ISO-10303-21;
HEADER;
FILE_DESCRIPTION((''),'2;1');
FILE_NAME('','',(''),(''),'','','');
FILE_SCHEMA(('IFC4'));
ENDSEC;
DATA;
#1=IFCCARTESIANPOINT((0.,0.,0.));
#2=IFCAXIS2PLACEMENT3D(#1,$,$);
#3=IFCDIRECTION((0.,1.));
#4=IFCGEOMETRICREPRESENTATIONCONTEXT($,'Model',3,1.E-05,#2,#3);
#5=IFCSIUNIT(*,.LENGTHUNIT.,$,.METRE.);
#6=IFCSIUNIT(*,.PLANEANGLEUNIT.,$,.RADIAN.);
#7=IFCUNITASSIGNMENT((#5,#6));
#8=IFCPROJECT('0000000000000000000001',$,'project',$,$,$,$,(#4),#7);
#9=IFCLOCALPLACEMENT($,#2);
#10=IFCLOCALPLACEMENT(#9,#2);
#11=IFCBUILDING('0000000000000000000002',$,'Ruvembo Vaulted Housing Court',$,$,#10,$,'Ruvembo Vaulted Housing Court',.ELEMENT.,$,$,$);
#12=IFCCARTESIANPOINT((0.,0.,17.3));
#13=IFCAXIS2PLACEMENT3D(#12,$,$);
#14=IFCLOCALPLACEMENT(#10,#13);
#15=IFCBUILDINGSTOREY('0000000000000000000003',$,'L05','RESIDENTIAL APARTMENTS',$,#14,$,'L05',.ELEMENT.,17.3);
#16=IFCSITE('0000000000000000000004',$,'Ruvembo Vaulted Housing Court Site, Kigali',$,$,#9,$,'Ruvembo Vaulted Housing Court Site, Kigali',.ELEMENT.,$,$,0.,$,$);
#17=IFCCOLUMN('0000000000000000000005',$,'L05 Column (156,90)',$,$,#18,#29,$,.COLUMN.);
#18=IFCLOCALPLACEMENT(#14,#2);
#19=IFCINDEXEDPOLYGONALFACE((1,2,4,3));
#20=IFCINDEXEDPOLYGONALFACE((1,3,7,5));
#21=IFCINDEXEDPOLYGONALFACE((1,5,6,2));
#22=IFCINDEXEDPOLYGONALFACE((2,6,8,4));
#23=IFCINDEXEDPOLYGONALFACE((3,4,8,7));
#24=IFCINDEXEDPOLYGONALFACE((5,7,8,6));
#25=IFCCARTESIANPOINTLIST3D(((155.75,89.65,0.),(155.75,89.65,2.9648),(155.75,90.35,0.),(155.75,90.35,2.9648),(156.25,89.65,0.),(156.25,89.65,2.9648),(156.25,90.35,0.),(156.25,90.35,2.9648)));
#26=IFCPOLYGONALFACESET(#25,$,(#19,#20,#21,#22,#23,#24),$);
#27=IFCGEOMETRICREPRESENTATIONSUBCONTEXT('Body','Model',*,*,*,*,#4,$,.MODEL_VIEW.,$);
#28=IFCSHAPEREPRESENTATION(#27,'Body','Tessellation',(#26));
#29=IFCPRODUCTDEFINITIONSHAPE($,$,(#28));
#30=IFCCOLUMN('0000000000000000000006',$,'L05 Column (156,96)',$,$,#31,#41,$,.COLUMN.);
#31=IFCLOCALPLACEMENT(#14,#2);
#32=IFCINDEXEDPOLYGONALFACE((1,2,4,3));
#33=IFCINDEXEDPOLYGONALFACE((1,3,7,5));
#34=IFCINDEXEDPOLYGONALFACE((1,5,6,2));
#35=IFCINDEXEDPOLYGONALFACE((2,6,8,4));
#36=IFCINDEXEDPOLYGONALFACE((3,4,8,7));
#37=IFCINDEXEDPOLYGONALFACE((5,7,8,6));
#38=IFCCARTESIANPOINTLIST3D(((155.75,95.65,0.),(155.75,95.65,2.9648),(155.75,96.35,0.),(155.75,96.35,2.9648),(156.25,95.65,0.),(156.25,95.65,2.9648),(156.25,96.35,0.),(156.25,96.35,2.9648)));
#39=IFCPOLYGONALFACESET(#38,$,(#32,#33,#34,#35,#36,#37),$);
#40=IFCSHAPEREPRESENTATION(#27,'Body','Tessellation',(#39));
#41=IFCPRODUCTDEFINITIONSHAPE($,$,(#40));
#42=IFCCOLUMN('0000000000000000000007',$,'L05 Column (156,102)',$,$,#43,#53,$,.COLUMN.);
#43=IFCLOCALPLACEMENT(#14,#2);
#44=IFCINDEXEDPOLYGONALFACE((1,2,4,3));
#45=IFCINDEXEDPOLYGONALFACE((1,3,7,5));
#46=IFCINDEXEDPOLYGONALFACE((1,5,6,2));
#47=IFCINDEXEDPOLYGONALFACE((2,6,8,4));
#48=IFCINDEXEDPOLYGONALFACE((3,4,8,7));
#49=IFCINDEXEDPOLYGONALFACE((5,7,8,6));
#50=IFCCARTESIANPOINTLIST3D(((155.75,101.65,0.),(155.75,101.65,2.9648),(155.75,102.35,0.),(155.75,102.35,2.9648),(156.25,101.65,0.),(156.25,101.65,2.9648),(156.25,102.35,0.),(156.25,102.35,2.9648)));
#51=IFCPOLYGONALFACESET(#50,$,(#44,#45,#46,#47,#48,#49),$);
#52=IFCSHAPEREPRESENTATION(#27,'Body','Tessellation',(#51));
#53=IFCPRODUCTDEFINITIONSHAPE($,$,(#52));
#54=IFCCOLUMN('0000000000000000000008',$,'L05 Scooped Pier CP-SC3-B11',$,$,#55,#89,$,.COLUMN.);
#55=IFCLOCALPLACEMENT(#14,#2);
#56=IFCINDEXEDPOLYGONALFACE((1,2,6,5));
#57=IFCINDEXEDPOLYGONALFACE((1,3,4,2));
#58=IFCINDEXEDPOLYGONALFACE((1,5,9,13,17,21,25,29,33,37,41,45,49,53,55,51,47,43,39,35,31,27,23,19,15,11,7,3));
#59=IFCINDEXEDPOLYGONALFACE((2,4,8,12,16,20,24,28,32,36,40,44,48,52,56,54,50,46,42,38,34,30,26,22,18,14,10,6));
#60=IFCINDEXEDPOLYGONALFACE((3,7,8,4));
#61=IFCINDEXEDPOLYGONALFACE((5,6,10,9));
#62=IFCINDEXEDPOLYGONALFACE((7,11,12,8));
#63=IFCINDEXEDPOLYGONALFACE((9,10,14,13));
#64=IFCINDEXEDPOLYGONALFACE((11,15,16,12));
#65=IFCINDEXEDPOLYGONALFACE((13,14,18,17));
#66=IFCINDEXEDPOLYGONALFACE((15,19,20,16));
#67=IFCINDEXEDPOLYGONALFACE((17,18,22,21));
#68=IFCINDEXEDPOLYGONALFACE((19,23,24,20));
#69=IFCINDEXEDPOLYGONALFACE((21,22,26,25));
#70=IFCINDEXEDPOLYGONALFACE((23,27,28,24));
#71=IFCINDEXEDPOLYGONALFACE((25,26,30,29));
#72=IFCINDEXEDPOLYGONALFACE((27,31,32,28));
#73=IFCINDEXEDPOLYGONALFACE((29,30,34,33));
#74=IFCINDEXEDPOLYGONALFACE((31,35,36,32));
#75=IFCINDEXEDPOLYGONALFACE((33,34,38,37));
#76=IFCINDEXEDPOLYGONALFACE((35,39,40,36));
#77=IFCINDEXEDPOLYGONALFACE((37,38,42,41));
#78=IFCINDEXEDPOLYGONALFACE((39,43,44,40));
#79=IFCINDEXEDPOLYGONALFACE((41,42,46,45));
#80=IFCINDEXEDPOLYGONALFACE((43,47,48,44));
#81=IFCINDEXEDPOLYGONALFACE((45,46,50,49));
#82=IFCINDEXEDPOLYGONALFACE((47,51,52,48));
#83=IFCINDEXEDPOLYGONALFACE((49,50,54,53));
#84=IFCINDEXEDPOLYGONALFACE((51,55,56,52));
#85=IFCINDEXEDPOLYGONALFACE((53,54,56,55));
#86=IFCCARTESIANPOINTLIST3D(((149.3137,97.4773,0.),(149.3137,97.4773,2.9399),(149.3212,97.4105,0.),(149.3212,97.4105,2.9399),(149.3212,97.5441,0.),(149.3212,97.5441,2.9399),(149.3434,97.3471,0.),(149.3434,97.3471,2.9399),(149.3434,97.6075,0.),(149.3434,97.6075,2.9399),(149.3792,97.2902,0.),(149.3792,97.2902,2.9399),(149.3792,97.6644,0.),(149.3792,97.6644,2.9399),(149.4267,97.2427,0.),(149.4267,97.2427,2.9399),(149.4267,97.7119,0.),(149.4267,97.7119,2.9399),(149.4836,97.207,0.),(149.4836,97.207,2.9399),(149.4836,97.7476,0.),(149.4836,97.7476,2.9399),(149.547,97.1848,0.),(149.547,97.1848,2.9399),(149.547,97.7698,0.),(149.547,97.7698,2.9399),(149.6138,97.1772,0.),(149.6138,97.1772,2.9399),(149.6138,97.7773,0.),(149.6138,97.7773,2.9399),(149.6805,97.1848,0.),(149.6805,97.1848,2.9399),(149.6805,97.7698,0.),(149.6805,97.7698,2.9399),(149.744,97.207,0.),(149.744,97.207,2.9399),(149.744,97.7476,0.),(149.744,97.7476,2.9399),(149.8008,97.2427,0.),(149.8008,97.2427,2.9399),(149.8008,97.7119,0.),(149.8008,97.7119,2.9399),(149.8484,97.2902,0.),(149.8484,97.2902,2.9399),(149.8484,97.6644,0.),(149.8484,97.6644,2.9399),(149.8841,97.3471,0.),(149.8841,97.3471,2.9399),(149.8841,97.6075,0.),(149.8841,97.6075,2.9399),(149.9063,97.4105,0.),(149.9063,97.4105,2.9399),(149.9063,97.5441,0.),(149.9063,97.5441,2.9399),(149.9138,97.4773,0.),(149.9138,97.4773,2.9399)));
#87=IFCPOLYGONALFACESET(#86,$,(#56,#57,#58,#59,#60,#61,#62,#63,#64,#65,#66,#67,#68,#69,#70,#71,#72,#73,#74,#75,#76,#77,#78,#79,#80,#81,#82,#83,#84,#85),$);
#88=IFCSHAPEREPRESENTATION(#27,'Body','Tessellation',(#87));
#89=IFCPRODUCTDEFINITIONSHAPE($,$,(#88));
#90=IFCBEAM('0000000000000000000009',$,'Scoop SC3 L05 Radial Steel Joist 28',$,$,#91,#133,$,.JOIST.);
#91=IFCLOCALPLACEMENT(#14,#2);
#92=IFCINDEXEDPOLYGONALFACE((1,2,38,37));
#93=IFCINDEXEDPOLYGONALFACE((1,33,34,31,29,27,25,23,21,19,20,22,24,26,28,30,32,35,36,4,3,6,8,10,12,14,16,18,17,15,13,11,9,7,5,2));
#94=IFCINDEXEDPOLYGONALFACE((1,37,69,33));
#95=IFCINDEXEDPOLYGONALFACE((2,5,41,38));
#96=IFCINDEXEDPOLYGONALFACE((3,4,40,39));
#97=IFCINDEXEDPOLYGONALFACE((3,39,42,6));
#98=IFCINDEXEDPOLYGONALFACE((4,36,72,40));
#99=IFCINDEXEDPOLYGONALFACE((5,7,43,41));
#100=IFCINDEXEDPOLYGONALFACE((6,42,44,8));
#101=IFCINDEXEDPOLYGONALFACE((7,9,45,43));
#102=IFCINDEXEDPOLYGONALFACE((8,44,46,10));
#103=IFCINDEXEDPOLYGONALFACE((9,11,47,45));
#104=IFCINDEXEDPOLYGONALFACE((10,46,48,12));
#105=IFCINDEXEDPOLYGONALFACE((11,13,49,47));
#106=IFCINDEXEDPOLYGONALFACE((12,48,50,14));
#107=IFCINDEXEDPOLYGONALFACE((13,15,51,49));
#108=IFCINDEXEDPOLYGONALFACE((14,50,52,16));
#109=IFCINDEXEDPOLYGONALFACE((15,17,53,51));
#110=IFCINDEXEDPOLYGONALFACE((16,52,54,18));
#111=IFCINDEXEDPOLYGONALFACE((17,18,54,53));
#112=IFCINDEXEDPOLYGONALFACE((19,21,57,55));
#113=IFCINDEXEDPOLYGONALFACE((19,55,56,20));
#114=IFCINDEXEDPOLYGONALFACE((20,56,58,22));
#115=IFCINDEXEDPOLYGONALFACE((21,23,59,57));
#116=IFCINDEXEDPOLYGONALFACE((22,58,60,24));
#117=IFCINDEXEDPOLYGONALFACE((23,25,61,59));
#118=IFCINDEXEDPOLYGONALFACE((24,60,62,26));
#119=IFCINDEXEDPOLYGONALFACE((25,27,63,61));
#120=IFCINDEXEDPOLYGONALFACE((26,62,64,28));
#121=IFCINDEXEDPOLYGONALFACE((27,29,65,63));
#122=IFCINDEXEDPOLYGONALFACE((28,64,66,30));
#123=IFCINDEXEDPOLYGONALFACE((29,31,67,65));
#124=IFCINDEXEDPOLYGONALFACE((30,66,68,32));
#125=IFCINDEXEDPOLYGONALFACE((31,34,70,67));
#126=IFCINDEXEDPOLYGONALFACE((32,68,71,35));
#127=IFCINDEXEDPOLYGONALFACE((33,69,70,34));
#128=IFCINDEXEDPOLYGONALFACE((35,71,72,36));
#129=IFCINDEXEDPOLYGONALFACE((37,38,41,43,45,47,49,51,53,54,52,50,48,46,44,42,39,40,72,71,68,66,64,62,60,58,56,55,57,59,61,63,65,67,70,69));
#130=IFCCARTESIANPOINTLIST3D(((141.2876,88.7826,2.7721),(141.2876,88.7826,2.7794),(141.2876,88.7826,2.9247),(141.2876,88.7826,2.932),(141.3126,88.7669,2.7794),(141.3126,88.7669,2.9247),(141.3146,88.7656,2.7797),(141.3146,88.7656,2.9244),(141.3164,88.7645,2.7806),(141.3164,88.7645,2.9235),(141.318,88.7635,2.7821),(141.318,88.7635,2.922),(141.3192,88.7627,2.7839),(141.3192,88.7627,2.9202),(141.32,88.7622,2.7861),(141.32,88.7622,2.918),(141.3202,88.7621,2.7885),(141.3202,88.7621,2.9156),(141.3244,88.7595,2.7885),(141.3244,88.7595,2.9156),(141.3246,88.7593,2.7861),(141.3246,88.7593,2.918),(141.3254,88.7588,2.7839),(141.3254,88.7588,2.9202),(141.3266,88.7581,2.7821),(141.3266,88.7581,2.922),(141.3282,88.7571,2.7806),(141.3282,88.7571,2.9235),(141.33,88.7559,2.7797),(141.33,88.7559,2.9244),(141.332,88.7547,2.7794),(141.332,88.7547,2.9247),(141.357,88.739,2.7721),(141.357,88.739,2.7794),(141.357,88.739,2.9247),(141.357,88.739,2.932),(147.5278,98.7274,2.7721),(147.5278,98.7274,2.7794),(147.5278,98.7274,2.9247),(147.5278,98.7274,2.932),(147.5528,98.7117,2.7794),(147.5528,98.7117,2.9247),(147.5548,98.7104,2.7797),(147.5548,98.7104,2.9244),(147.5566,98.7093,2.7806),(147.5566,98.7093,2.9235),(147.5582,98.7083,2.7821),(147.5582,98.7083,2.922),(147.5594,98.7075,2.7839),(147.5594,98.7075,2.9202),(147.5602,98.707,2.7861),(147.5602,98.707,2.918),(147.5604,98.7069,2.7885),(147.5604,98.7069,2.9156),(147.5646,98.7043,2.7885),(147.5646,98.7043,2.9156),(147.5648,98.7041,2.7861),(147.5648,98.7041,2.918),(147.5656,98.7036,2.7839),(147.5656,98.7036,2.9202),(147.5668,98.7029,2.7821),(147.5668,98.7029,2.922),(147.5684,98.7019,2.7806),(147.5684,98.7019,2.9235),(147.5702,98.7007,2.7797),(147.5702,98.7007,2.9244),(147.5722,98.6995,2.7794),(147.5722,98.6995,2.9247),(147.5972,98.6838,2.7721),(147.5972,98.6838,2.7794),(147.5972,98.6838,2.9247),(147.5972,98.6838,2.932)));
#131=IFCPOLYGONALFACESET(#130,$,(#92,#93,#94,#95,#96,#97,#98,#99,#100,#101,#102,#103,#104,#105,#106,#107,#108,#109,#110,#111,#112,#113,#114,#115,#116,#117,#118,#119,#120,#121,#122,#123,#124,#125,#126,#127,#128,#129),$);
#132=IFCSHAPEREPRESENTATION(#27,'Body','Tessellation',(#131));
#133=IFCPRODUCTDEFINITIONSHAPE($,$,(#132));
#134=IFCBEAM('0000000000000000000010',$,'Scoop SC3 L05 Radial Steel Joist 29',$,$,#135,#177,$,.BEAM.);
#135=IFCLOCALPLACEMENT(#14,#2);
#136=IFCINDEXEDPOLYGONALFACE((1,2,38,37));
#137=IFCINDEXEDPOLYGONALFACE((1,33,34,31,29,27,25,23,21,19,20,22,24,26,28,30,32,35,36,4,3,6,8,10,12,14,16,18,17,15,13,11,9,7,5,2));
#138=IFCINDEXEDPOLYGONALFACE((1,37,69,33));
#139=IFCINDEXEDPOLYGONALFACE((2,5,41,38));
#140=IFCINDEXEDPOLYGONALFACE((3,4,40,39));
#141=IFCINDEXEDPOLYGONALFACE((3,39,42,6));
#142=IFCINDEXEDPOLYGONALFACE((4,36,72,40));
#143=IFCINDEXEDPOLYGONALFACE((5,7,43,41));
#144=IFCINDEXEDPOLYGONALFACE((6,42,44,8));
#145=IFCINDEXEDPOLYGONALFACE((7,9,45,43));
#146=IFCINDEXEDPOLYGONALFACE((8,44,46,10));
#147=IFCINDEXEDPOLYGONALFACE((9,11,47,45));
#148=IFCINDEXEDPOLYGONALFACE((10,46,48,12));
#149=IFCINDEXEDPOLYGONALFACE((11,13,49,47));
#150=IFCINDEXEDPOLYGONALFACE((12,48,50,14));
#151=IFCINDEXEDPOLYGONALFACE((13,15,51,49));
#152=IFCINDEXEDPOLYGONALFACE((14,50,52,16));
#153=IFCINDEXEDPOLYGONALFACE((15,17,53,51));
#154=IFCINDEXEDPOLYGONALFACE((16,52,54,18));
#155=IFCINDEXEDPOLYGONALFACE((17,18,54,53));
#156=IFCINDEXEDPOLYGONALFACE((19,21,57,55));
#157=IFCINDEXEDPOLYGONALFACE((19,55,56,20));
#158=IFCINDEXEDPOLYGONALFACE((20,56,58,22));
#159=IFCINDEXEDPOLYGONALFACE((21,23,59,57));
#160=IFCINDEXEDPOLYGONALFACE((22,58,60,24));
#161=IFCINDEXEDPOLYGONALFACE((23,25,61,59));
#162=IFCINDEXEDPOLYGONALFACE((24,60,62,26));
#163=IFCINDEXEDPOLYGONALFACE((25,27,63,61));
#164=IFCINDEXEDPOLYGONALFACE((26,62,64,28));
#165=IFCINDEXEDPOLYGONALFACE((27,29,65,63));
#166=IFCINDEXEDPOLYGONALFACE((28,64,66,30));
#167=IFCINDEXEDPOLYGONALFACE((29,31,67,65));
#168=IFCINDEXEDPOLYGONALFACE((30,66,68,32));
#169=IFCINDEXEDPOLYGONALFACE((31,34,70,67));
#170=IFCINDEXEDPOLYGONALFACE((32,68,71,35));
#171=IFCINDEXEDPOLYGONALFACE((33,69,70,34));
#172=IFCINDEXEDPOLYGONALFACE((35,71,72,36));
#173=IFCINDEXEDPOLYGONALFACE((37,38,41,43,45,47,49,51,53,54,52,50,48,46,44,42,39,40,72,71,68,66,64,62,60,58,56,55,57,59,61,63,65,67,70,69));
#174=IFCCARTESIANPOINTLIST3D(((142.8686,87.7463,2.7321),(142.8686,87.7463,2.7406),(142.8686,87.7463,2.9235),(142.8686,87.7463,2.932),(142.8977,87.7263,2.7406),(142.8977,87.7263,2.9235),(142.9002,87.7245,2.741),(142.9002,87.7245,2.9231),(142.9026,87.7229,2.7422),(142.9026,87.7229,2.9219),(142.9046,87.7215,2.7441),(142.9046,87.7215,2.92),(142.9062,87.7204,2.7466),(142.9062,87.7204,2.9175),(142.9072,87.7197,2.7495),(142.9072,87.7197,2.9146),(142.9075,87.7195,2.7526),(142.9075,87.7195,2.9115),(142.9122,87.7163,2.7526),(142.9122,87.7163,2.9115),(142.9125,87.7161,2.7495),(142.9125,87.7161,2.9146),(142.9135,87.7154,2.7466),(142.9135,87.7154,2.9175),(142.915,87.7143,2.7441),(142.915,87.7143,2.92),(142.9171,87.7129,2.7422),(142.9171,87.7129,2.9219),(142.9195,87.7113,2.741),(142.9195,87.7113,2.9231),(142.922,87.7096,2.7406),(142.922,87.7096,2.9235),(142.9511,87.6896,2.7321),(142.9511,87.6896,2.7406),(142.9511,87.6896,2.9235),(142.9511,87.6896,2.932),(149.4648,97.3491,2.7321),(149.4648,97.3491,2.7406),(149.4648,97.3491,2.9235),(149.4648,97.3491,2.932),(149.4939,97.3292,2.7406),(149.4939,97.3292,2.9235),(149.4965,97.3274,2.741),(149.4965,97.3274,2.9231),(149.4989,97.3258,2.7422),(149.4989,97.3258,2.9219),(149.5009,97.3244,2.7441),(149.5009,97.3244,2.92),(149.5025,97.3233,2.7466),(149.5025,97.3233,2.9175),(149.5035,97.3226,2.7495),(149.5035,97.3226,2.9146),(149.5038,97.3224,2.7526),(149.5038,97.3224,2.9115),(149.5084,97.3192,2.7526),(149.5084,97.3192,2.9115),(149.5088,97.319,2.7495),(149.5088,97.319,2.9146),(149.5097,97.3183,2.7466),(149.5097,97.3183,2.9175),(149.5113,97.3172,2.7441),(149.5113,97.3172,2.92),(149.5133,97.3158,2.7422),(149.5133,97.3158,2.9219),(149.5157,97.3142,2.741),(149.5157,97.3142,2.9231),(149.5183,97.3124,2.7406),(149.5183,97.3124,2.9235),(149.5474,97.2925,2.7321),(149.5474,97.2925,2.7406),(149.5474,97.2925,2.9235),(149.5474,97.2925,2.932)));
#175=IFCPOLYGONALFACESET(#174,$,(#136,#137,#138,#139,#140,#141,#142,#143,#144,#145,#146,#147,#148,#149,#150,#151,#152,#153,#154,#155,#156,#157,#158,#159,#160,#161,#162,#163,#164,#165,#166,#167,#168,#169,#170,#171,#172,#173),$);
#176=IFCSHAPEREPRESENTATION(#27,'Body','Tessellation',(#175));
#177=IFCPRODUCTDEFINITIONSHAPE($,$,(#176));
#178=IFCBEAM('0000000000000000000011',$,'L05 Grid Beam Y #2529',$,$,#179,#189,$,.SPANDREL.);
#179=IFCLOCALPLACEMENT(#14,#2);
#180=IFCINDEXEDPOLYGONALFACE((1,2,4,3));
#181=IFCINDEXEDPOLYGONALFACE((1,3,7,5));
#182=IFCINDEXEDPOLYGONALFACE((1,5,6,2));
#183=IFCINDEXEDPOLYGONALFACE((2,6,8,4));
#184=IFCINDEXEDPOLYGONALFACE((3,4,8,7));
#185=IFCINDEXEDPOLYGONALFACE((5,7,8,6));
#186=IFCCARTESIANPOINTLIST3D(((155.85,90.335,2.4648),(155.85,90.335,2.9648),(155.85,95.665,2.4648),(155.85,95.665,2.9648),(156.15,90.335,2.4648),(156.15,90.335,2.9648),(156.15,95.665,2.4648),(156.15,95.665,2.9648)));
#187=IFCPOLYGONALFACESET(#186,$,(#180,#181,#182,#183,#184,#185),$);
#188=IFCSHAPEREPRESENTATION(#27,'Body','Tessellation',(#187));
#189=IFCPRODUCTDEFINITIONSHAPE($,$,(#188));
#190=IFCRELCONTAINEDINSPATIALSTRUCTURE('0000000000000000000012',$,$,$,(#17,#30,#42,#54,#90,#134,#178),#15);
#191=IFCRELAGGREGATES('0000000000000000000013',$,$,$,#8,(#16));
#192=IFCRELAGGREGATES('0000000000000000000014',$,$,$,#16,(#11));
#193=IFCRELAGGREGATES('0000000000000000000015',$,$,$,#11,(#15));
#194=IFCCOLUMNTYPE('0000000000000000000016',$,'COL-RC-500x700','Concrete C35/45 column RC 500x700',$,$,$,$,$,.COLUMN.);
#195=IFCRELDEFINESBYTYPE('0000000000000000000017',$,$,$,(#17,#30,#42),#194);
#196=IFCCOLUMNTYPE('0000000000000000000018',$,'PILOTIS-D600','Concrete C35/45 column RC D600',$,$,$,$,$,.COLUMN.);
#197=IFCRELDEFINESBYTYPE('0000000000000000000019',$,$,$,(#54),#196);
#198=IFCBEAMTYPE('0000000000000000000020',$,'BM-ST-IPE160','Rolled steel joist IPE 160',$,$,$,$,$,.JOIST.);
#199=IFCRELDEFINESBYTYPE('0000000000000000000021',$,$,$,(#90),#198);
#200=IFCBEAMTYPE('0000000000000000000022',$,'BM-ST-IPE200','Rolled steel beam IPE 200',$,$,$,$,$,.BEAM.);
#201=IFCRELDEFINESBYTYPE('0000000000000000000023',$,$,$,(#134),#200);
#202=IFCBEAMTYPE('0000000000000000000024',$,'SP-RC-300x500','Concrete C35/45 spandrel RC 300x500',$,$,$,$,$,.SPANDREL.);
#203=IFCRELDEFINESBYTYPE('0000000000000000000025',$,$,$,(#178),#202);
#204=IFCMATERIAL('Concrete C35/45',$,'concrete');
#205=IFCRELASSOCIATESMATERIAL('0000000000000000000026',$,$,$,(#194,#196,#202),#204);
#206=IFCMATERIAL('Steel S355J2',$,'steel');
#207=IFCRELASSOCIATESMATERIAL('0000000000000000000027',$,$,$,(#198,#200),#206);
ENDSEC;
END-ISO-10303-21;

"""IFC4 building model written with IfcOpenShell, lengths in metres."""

from ifc_helpers import new_model, si_unit, direction, frame, origin, origin_2d, place, context, subcontext, project, spatial, rectangle, circle, i_section, extrude, material, material_profile, profile_set, type_object, element, save


model = new_model("IFC4")

# Units and contexts
model_context = context("Model", 3, precision=1e-05, world=origin(), true_north=direction((0.0, 1.0)))
body_context = subcontext(model_context, "Body", "Model", "MODEL_VIEW")
ifc_project = project(units=[si_unit("LENGTHUNIT", "METRE"), si_unit("PLANEANGLEUNIT", "RADIAN")], contexts=[model_context])

# Site, building, storey
site_placement = place(None, origin())
site = spatial("IfcSite", under=ifc_project, at=site_placement, Name="Ruvembo Vaulted Housing Court Site, Kigali", LongName="Ruvembo Vaulted Housing Court Site, Kigali", CompositionType="ELEMENT", RefElevation=0.0)
building_placement = place(site_placement, origin())
building = spatial("IfcBuilding", under=site, at=building_placement, Name="Ruvembo Vaulted Housing Court", LongName="Ruvembo Vaulted Housing Court", CompositionType="ELEMENT")
storey_placement = place(building_placement, frame((0.0, 0.0, 17.3)))
storey = spatial("IfcBuildingStorey", under=building, at=storey_placement, Name="L05", Description="RESIDENTIAL APARTMENTS", LongName="L05", CompositionType="ELEMENT", Elevation=17.3)

# Columns
ifc_material_1 = material(Name="Concrete C35/45", Category="concrete")
ifc_material_profile_1 = material_profile(ifc_material_1, rectangle(XDim=0.5, YDim=0.7, at=origin_2d()), Name="RC 500x700")
ifc_profile_set_1 = profile_set([ifc_material_profile_1], Name="Concrete C35/45")
column_type_1 = type_object("IfcColumnType", Name="COL-RC-500x700", Description="Concrete C35/45 column RC 500x700", PredefinedType="COLUMN", material=ifc_profile_set_1)
for number, where, z_axis, x_axis, name in (
    (1, (156.0, 90.0, 0.0), (0.0, 0.0, 1.0), (1.0, 0.0, 0.0), "L05 Column (156,90)"),
    (2, (156.0, 96.0, 0.0), (0.0, 0.0, 1.0), (1.0, 0.0, 0.0), "L05 Column (156,96)"),
    (3, (156.0, 102.0, 0.0), (0.0, 0.0, 1.0), (1.0, 0.0, 0.0), "L05 Column (156,102)"),
):
    element("IfcColumn", number, at=place(storey_placement, frame(where, z_axis=z_axis, x_axis=x_axis)), inside=storey, type_object=column_type_1, Name=name, PredefinedType="COLUMN", context=body_context, shape_type="SweptSolid", body=[
        extrude(rectangle(XDim=0.5, YDim=0.7, at=origin_2d()), origin(), (0.0, 0.0, 1.0), 2.9648),
    ])
ifc_material_profile_2 = material_profile(ifc_material_1, circle(Radius=0.3, at=origin_2d()), Name="RC D600")
ifc_profile_set_2 = profile_set([ifc_material_profile_2], Name="Concrete C35/45")
column_type_2 = type_object("IfcColumnType", Name="PILOTIS-D600", Description="Concrete C35/45 column RC D600", PredefinedType="COLUMN", material=ifc_profile_set_2)
column_placement = place(storey_placement, frame((149.6138, 97.4773, 0.0), z_axis=(0.0, 0.0, 1.0), x_axis=(1.0, 0.0, 0.0)))
element("IfcColumn", 4, at=column_placement, inside=storey, type_object=column_type_2, Name="L05 Scooped Pier CP-SC3-B11", PredefinedType="COLUMN", context=body_context, shape_type="SweptSolid", body=[
    extrude(circle(Radius=0.3, at=origin_2d()), origin(), (0.0, 0.0, 1.0), 2.9399),
])

# Beams
ifc_material_2 = material(Name="Steel S355J2", Category="steel")
ifc_material_profile_3 = material_profile(ifc_material_2, i_section(OverallWidth=0.082, OverallDepth=0.1599, WebThickness=0.0049, FlangeThickness=0.0073, FilletRadius=0.009, at=origin_2d()), Name="IPE 160")
ifc_profile_set_3 = profile_set([ifc_material_profile_3], Name="Steel S355J2")
beam_type_1 = type_object("IfcBeamType", Name="BM-ST-IPE160", Description="Rolled steel joist IPE 160", PredefinedType="JOIST", material=ifc_profile_set_3)
beam_1_placement = place(storey_placement, frame((147.5625, 98.7056, 2.8521), z_axis=(-0.531512, -0.847051, 0.0), x_axis=(0.847051, -0.531512, 0.0)))
element("IfcBeam", 5, at=beam_1_placement, inside=storey, type_object=beam_type_1, Name="Scoop SC3 L05 Radial Steel Joist 28", PredefinedType="JOIST", context=body_context, shape_type="SweptSolid", body=[
    extrude(i_section(OverallWidth=0.082, OverallDepth=0.1599, WebThickness=0.0049, FlangeThickness=0.0073, FilletRadius=0.009, at=origin_2d()), origin(), (0.0, 0.0, 1.0), 11.7405),
])
ifc_material_profile_4 = material_profile(ifc_material_2, i_section(OverallWidth=0.1001, OverallDepth=0.2, WebThickness=0.0056, FlangeThickness=0.0085, FilletRadius=0.012, at=origin_2d()), Name="IPE 200")
ifc_profile_set_4 = profile_set([ifc_material_profile_4], Name="Steel S355J2")
beam_type_2 = type_object("IfcBeamType", Name="BM-ST-IPE200", Description="Rolled steel beam IPE 200", PredefinedType="BEAM", material=ifc_profile_set_4)
beam_2_placement = place(storey_placement, frame((149.5061, 97.3208, 2.832), z_axis=(-0.566195, -0.824271, 0.0), x_axis=(0.824271, -0.566195, 0.0)))
element("IfcBeam", 6, at=beam_2_placement, inside=storey, type_object=beam_type_2, Name="Scoop SC3 L05 Radial Steel Joist 29", PredefinedType="BEAM", context=body_context, shape_type="SweptSolid", body=[
    extrude(i_section(OverallWidth=0.1001, OverallDepth=0.2, WebThickness=0.0056, FlangeThickness=0.0085, FilletRadius=0.012, at=origin_2d()), origin(), (0.0, 0.0, 1.0), 11.6501),
])
ifc_material_profile_5 = material_profile(ifc_material_1, rectangle(XDim=0.3, YDim=0.5, at=origin_2d()), Name="RC 300x500")
ifc_profile_set_5 = profile_set([ifc_material_profile_5], Name="Concrete C35/45")
beam_type_3 = type_object("IfcBeamType", Name="SP-RC-300x500", Description="Concrete C35/45 spandrel RC 300x500", PredefinedType="SPANDREL", material=ifc_profile_set_5)
for number, where, z_axis, x_axis, name in (
    (7, (156.0, 90.335, 2.7148), (0.0, 1.0, 0.0), (-1.0, 0.0, 0.0), "L05 Grid Beam Y #2529"),
):
    element("IfcBeam", number, at=place(storey_placement, frame(where, z_axis=z_axis, x_axis=x_axis)), inside=storey, type_object=beam_type_3, Name=name, PredefinedType="SPANDREL", context=body_context, shape_type="SweptSolid", body=[
        extrude(rectangle(XDim=0.3, YDim=0.5, at=origin_2d()), origin(), (0.0, 0.0, 1.0), 5.3301),
    ])

save(model, "model.ifc")
